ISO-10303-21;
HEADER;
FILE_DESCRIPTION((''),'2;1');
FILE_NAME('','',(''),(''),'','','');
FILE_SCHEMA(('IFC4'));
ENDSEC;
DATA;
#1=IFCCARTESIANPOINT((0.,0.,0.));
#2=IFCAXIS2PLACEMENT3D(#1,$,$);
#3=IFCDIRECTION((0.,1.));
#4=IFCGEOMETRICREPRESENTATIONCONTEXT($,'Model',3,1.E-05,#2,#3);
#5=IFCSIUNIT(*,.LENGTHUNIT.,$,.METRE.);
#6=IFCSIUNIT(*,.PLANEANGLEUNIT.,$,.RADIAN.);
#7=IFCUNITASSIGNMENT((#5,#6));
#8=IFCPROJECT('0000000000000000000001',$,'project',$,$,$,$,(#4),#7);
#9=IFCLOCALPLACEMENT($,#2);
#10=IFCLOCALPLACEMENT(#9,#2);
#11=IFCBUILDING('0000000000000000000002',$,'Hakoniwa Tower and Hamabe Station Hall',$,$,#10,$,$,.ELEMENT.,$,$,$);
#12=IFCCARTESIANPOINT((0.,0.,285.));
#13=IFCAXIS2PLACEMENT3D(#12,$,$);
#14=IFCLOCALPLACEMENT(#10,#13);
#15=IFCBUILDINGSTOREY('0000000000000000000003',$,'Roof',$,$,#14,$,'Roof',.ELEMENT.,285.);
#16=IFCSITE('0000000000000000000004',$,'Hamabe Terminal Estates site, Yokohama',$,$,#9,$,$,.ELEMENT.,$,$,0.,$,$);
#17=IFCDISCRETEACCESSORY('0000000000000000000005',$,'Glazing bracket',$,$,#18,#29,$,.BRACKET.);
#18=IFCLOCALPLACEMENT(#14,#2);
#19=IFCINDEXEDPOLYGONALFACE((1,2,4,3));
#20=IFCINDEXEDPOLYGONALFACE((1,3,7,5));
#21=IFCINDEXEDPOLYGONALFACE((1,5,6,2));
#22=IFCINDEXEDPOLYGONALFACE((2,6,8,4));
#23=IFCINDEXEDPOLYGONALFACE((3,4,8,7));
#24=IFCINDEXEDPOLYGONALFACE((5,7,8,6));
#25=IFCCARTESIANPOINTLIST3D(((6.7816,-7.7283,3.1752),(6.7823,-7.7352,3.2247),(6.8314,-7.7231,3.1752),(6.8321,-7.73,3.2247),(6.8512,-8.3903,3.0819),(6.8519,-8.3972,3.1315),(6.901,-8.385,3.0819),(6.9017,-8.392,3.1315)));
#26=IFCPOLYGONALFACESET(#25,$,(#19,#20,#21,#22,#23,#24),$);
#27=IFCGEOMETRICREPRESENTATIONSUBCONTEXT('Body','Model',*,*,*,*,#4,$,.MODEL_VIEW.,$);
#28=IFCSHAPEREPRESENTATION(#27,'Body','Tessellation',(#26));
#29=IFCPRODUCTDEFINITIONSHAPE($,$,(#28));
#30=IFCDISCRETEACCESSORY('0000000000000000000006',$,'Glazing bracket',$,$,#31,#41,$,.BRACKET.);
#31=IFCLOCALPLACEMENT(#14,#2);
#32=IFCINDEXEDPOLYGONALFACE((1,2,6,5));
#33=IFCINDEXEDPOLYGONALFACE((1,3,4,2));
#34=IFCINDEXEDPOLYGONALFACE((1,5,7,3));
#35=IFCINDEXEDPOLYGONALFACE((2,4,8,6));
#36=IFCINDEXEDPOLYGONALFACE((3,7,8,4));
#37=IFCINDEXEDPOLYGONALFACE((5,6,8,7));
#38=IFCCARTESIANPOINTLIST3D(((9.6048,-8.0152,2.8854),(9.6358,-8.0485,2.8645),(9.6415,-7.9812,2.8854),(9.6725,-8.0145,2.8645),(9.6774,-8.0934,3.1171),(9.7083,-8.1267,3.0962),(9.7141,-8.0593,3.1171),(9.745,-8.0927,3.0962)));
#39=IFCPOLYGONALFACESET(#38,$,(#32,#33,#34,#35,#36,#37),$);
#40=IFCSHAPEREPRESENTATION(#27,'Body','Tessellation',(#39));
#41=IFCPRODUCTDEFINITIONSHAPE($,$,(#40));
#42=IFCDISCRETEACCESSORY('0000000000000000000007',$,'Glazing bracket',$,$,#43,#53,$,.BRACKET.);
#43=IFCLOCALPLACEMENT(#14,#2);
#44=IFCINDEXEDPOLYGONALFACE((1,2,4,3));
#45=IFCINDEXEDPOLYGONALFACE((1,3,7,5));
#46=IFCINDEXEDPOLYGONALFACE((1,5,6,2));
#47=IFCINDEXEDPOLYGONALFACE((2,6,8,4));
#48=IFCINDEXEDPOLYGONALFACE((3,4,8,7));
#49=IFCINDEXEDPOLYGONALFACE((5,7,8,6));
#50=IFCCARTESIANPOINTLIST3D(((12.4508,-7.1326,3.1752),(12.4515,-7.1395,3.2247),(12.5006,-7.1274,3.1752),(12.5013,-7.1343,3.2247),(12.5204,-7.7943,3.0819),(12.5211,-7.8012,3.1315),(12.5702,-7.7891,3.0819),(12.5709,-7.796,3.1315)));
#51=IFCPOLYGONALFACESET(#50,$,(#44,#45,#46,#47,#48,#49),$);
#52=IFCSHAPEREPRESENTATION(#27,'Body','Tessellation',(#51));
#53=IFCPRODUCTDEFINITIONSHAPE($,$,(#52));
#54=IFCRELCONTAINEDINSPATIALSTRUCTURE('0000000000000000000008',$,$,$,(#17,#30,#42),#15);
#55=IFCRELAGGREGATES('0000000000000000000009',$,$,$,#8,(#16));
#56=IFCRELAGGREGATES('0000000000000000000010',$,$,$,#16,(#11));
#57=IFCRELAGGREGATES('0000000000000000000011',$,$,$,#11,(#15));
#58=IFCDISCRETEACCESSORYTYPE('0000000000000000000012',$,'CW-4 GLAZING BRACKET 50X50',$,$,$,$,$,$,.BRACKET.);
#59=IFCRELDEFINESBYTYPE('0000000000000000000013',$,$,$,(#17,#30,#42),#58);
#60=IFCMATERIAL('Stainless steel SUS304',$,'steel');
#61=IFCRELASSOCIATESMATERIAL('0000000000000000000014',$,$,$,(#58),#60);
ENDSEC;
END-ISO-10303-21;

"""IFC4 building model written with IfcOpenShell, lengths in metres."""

from ifc_helpers import new_model, si_unit, direction, frame, origin, origin_2d, place, context, subcontext, project, spatial, rectangle, extrude, material, material_profile, profile_set, type_object, element, save


model = new_model("IFC4")

# Units and contexts
model_context = context("Model", 3, precision=1e-05, world=origin(), true_north=direction((0.0, 1.0)))
body_context = subcontext(model_context, "Body", "Model", "MODEL_VIEW")
ifc_project = project(units=[si_unit("LENGTHUNIT", "METRE"), si_unit("PLANEANGLEUNIT", "RADIAN")], contexts=[model_context])

# Site, building, storey
site_placement = place(None, origin())
site = spatial("IfcSite", under=ifc_project, at=site_placement, Name="Hamabe Terminal Estates site, Yokohama", CompositionType="ELEMENT", RefElevation=0.0)
building_placement = place(site_placement, origin())
building = spatial("IfcBuilding", under=site, at=building_placement, Name="Hakoniwa Tower and Hamabe Station Hall", CompositionType="ELEMENT")
storey_placement = place(building_placement, frame((0.0, 0.0, 285.0)))
storey = spatial("IfcBuildingStorey", under=building, at=storey_placement, Name="Roof", LongName="Roof", CompositionType="ELEMENT", Elevation=285.0)

# Discrete accessories
ifc_material_1 = material(Name="Stainless steel SUS304", Category="steel")
ifc_material_profile_1 = material_profile(ifc_material_1, rectangle(XDim=0.05, YDim=0.05, at=origin_2d()), Name="CW-4 GLAZING BRACKET 50X50")
ifc_profile_set_1 = profile_set([ifc_material_profile_1], Name="Stainless steel SUS304")
discrete_accessory_type = type_object("IfcDiscreteAccessoryType", Name="CW-4 GLAZING BRACKET 50X50", PredefinedType="BRACKET", material=ifc_profile_set_1)
discrete_accessory_1_placement = place(storey_placement, frame((6.8765, -8.3911, 3.1067), z_axis=(-0.103539, 0.984896, 0.138779), x_axis=(-0.99452, -0.104551, 0.0)))
element("IfcDiscreteAccessory", 1, at=discrete_accessory_1_placement, inside=storey, type_object=discrete_accessory_type, Name="Glazing bracket", PredefinedType="BRACKET", context=body_context, shape_type="SweptSolid", body=[
    extrude(rectangle(XDim=0.05, YDim=0.05, at=origin_2d()), origin(), (0.0, 0.0, 1.0), 0.6721),
])
discrete_accessory_2_placement = place(storey_placement, frame((9.7112, -8.093, 3.1067), z_axis=(-0.284317, 0.306334, -0.908473), x_axis=(-0.732957, -0.680275, 0.0)))
element("IfcDiscreteAccessory", 2, at=discrete_accessory_2_placement, inside=storey, type_object=discrete_accessory_type, Name="Glazing bracket", PredefinedType="BRACKET", context=body_context, shape_type="SweptSolid", body=[
    extrude(rectangle(XDim=0.05, YDim=0.05, at=origin_2d()), origin(), (0.0, 0.0, 1.0), 0.2551),
])
discrete_accessory_3_placement = place(storey_placement, frame((12.5457, -7.7952, 3.1067), z_axis=(-0.103576, 0.984885, 0.138829), x_axis=(-0.994516, -0.104589, 0.0)))
element("IfcDiscreteAccessory", 3, at=discrete_accessory_3_placement, inside=storey, type_object=discrete_accessory_type, Name="Glazing bracket", PredefinedType="BRACKET", context=body_context, shape_type="SweptSolid", body=[
    extrude(rectangle(XDim=0.05, YDim=0.05, at=origin_2d()), origin(), (0.0, 0.0, 1.0), 0.6719),
])

save(model, "model.ifc")
